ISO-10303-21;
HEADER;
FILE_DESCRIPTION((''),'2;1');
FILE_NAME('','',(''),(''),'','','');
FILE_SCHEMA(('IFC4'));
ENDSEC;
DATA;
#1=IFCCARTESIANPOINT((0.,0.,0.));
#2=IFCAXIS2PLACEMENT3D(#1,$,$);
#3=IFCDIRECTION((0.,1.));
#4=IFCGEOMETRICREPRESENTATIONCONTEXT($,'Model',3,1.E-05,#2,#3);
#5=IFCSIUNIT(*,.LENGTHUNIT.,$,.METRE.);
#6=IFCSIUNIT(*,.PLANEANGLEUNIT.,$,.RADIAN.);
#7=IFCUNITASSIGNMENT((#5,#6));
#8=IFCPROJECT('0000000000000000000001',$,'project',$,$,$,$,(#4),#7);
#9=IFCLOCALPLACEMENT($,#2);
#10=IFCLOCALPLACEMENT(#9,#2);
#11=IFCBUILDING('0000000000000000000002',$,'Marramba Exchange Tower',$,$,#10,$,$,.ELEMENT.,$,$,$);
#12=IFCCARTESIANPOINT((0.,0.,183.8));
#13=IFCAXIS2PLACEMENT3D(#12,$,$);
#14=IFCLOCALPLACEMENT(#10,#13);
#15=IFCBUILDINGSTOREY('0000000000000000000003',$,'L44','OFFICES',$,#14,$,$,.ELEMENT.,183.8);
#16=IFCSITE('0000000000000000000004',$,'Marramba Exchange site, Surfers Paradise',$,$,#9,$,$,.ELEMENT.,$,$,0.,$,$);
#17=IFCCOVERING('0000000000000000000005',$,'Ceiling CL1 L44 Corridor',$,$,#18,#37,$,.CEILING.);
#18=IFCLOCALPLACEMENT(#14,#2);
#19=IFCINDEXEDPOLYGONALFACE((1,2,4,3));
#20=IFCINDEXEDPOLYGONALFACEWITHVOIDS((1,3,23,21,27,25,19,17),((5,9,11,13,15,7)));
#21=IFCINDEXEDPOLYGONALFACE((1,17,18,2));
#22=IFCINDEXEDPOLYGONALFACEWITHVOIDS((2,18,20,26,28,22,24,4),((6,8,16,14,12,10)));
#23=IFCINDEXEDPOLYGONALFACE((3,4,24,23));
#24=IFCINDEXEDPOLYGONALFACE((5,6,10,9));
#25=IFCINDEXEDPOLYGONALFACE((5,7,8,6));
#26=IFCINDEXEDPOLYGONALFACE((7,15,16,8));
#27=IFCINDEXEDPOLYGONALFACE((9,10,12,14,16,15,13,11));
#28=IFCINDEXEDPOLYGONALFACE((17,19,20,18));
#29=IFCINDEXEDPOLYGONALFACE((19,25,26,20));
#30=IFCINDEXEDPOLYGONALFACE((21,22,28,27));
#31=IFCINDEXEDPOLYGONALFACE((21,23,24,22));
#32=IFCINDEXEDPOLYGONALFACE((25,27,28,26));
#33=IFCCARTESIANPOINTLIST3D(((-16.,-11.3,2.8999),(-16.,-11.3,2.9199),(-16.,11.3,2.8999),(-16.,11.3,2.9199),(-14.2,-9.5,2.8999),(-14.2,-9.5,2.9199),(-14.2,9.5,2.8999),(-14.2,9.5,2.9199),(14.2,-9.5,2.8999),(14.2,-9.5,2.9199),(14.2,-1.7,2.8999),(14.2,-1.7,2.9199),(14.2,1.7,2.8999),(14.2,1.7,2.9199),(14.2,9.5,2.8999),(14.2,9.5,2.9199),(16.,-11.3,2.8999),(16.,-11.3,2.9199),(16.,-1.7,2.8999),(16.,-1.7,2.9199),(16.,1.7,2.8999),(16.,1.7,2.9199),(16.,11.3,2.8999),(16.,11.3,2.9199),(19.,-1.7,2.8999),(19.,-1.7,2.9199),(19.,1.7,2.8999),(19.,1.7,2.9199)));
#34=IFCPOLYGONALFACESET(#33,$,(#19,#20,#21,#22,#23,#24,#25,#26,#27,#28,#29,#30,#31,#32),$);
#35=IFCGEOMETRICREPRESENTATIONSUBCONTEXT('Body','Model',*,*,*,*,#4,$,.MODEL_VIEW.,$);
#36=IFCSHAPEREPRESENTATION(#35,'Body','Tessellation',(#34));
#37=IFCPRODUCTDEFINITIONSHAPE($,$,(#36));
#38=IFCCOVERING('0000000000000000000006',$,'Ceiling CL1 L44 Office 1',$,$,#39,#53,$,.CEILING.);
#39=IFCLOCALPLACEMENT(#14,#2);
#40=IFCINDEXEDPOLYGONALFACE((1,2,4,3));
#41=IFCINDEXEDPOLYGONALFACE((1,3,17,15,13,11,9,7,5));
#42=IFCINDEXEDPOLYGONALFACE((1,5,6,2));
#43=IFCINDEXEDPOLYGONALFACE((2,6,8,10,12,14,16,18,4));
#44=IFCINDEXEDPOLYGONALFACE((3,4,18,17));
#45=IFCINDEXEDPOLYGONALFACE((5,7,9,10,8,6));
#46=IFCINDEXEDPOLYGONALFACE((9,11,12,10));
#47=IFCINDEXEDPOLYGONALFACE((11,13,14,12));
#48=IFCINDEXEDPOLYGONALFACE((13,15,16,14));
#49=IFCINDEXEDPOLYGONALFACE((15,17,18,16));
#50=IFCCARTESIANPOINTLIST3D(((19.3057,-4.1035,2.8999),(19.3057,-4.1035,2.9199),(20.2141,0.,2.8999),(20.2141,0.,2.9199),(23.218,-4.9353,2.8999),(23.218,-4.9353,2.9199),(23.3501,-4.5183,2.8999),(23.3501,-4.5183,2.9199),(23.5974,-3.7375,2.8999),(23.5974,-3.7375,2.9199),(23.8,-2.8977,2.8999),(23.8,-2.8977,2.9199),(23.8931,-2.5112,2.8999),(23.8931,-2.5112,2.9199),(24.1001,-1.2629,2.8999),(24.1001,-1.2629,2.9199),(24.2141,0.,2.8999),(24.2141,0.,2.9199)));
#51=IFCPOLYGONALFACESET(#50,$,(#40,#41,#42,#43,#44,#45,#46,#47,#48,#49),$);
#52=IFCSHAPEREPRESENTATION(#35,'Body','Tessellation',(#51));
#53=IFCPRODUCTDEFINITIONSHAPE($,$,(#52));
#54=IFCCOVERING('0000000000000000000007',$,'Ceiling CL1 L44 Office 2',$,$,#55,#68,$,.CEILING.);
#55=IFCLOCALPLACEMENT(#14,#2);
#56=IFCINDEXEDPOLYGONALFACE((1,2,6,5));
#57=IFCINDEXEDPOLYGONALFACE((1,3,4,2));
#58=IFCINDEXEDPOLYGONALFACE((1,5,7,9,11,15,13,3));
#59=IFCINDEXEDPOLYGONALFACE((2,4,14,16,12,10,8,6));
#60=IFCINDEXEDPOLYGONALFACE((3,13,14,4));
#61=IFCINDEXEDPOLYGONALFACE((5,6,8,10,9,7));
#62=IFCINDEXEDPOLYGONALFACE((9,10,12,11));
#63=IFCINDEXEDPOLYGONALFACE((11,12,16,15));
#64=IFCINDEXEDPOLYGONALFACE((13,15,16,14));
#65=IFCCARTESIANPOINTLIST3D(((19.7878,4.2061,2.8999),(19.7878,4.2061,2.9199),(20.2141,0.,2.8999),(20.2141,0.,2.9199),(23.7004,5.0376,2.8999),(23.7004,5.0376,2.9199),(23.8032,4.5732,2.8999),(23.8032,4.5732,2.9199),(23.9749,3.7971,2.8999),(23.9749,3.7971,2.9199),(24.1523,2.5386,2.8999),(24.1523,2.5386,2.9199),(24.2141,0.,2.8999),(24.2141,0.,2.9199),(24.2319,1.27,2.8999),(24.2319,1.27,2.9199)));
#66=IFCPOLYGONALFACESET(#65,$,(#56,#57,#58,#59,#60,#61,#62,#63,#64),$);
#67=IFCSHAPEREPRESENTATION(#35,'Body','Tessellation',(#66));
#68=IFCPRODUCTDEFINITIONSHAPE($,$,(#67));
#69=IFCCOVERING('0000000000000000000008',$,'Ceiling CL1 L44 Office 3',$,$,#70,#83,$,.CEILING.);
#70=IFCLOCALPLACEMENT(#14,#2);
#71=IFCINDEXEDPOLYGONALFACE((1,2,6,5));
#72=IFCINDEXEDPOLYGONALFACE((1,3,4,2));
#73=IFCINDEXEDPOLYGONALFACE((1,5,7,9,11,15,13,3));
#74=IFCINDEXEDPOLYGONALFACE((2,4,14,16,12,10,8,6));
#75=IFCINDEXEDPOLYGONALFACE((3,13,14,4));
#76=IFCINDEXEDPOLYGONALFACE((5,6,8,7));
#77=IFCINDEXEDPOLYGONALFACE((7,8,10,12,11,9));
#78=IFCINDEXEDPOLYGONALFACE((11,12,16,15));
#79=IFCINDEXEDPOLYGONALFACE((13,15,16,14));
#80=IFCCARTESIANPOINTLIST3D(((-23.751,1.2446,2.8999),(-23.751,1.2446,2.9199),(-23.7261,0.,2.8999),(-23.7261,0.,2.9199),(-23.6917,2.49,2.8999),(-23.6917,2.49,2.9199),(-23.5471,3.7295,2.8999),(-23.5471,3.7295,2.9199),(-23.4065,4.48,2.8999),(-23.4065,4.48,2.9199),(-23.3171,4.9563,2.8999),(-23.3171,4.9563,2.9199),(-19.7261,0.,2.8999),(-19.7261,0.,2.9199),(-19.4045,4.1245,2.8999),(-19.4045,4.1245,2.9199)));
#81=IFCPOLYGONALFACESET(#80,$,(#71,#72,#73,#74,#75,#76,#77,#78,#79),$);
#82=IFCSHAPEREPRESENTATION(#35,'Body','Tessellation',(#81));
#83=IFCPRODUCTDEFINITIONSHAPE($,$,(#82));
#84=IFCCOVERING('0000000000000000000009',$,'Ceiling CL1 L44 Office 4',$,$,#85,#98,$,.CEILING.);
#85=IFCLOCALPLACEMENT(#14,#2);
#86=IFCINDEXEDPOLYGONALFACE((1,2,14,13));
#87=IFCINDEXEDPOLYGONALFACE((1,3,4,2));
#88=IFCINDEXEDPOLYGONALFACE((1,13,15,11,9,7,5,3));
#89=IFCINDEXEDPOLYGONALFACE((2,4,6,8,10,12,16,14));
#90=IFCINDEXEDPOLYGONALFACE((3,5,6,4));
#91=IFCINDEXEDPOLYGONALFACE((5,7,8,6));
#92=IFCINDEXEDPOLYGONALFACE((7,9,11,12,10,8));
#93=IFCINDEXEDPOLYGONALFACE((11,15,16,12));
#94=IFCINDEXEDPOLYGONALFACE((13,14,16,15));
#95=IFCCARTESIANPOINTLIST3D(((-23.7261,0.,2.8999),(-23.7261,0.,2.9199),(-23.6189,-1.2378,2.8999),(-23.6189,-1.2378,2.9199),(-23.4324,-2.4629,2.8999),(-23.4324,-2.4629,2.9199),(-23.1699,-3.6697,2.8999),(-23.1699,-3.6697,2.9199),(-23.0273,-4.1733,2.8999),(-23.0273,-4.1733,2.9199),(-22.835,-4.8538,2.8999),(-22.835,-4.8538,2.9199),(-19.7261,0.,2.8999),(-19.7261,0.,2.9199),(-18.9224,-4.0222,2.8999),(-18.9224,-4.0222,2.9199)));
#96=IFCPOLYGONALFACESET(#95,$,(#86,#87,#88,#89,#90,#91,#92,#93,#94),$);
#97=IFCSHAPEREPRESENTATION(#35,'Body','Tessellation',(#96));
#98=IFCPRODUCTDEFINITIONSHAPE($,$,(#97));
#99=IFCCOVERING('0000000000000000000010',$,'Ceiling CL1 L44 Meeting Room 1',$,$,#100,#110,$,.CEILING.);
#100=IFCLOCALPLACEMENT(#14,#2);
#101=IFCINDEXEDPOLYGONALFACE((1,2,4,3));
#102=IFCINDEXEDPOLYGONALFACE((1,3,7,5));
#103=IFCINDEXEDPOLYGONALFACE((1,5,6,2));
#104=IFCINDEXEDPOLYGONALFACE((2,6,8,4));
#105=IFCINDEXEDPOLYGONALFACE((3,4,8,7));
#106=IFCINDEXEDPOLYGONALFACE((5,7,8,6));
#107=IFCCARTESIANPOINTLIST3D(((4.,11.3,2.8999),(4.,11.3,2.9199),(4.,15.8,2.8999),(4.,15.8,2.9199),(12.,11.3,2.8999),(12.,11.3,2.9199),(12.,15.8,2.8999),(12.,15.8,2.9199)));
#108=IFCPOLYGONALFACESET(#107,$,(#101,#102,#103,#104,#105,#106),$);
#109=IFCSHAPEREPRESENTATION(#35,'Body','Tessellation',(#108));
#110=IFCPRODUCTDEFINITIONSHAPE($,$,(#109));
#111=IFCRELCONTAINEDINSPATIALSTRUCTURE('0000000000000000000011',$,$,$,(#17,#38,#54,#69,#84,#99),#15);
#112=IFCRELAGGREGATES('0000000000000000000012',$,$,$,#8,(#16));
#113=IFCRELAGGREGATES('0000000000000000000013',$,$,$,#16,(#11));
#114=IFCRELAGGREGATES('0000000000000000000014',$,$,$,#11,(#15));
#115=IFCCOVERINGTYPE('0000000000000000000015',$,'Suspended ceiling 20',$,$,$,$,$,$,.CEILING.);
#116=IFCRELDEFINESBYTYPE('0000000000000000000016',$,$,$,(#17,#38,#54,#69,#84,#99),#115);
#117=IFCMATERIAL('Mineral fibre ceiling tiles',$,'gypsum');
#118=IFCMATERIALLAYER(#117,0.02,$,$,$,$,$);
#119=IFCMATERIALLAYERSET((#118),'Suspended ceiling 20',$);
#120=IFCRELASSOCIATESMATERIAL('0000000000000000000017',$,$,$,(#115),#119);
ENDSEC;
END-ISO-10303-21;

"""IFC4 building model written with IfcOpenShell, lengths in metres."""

from ifc_helpers import new_model, si_unit, direction, frame, origin, place, context, subcontext, project, spatial, polyline, outline, extrude, material, layer, layer_set, type_object, element, save


model = new_model("IFC4")

# Units and contexts
model_context = context("Model", 3, precision=1e-05, world=origin(), true_north=direction((0.0, 1.0)))
body_context = subcontext(model_context, "Body", "Model", "MODEL_VIEW")
ifc_project = project(units=[si_unit("LENGTHUNIT", "METRE"), si_unit("PLANEANGLEUNIT", "RADIAN")], contexts=[model_context])

# Site, building, storey
site_placement = place(None, origin())
site = spatial("IfcSite", under=ifc_project, at=site_placement, Name="Marramba Exchange site, Surfers Paradise", CompositionType="ELEMENT", RefElevation=0.0)
building_placement = place(site_placement, origin())
building = spatial("IfcBuilding", under=site, at=building_placement, Name="Marramba Exchange Tower", CompositionType="ELEMENT")
storey_placement = place(building_placement, frame((0.0, 0.0, 183.8)))
storey = spatial("IfcBuildingStorey", under=building, at=storey_placement, Name="L44", Description="OFFICES", CompositionType="ELEMENT", Elevation=183.8)

# Coverings
ifc_material_1 = material(Name="Mineral fibre ceiling tiles", Category="gypsum")
ifc_layer_1 = layer(ifc_material_1, 0.02)
ifc_layer_set_1 = layer_set([ifc_layer_1], Name="Suspended ceiling 20")
covering_type = type_object("IfcCoveringType", Name="Suspended ceiling 20", PredefinedType="CEILING", material=ifc_layer_set_1)
covering_1_placement = place(storey_placement, frame((0.0, 0.0, 2.8999)))
element("IfcCovering", 1, at=covering_1_placement, inside=storey, type_object=covering_type, Name="Ceiling CL1 L44 Corridor", PredefinedType="CEILING", context=body_context, shape_type="SweptSolid", body=[
    extrude(outline(polyline([(19.0, 1.7), (19.0, -1.7), (16.0, -1.7), (16.0, -11.3), (-16.0, -11.3), (-16.0, 11.3), (16.0, 11.3), (16.0, 1.7), (19.0, 1.7)]), holes=[polyline([(14.2, -1.7), (14.2, 1.7), (14.2, 9.5), (-14.2, 9.5), (-14.2, -9.5), (14.2, -9.5), (14.2, -1.7)])]), origin(), (0.0, 0.0, 1.0), 0.02),
])
covering_2_placement = place(storey_placement, frame((0.0, 0.0, 2.8999)))
element("IfcCovering", 2, at=covering_2_placement, inside=storey, type_object=covering_type, Name="Ceiling CL1 L44 Office 1", PredefinedType="CEILING", context=body_context, shape_type="SweptSolid", body=[
    extrude(outline(polyline([(24.1001, -1.2629), (23.8931, -2.5112), (23.8, -2.8977), (23.5974, -3.7375), (23.3501, -4.5183), (23.218, -4.9353), (19.3057, -4.1035), (20.2141, 0.0), (24.2141, 0.0), (24.1001, -1.2629)])), origin(), (0.0, 0.0, 1.0), 0.02),
])
covering_3_placement = place(storey_placement, frame((0.0, 0.0, 2.8999)))
element("IfcCovering", 3, at=covering_3_placement, inside=storey, type_object=covering_type, Name="Ceiling CL1 L44 Office 2", PredefinedType="CEILING", context=body_context, shape_type="SweptSolid", body=[
    extrude(outline(polyline([(23.8032, 4.5732), (23.9749, 3.7971), (24.1523, 2.5386), (24.2319, 1.27), (24.2141, 0.0), (20.2141, 0.0), (19.7878, 4.2061), (23.7004, 5.0376), (23.8032, 4.5732)])), origin(), (0.0, 0.0, 1.0), 0.02),
])
covering_4_placement = place(storey_placement, frame((0.0, 0.0, 2.8999)))
element("IfcCovering", 4, at=covering_4_placement, inside=storey, type_object=covering_type, Name="Ceiling CL1 L44 Office 3", PredefinedType="CEILING", context=body_context, shape_type="SweptSolid", body=[
    extrude(outline(polyline([(-23.751, 1.2446), (-23.6917, 2.49), (-23.5471, 3.7295), (-23.4065, 4.48), (-23.3171, 4.9563), (-19.4045, 4.1245), (-19.7261, 0.0), (-23.7261, 0.0), (-23.751, 1.2446)])), origin(), (0.0, 0.0, 1.0), 0.02),
])
covering_5_placement = place(storey_placement, frame((0.0, 0.0, 2.8999)))
element("IfcCovering", 5, at=covering_5_placement, inside=storey, type_object=covering_type, Name="Ceiling CL1 L44 Office 4", PredefinedType="CEILING", context=body_context, shape_type="SweptSolid", body=[
    extrude(outline(polyline([(-23.0273, -4.1733), (-23.1699, -3.6697), (-23.4324, -2.4629), (-23.6189, -1.2378), (-23.7261, 0.0), (-19.7261, 0.0), (-18.9224, -4.0222), (-22.835, -4.8538), (-23.0273, -4.1733)])), origin(), (0.0, 0.0, 1.0), 0.02),
])
covering_6_placement = place(storey_placement, frame((0.0, 0.0, 2.8999)))
element("IfcCovering", 6, at=covering_6_placement, inside=storey, type_object=covering_type, Name="Ceiling CL1 L44 Meeting Room 1", PredefinedType="CEILING", context=body_context, shape_type="SweptSolid", body=[
    extrude(outline(polyline([(12.0, 11.3), (4.0, 11.3), (4.0, 15.8), (12.0, 15.8), (12.0, 11.3)])), origin(), (0.0, 0.0, 1.0), 0.02),
])

save(model, "model.ifc")
